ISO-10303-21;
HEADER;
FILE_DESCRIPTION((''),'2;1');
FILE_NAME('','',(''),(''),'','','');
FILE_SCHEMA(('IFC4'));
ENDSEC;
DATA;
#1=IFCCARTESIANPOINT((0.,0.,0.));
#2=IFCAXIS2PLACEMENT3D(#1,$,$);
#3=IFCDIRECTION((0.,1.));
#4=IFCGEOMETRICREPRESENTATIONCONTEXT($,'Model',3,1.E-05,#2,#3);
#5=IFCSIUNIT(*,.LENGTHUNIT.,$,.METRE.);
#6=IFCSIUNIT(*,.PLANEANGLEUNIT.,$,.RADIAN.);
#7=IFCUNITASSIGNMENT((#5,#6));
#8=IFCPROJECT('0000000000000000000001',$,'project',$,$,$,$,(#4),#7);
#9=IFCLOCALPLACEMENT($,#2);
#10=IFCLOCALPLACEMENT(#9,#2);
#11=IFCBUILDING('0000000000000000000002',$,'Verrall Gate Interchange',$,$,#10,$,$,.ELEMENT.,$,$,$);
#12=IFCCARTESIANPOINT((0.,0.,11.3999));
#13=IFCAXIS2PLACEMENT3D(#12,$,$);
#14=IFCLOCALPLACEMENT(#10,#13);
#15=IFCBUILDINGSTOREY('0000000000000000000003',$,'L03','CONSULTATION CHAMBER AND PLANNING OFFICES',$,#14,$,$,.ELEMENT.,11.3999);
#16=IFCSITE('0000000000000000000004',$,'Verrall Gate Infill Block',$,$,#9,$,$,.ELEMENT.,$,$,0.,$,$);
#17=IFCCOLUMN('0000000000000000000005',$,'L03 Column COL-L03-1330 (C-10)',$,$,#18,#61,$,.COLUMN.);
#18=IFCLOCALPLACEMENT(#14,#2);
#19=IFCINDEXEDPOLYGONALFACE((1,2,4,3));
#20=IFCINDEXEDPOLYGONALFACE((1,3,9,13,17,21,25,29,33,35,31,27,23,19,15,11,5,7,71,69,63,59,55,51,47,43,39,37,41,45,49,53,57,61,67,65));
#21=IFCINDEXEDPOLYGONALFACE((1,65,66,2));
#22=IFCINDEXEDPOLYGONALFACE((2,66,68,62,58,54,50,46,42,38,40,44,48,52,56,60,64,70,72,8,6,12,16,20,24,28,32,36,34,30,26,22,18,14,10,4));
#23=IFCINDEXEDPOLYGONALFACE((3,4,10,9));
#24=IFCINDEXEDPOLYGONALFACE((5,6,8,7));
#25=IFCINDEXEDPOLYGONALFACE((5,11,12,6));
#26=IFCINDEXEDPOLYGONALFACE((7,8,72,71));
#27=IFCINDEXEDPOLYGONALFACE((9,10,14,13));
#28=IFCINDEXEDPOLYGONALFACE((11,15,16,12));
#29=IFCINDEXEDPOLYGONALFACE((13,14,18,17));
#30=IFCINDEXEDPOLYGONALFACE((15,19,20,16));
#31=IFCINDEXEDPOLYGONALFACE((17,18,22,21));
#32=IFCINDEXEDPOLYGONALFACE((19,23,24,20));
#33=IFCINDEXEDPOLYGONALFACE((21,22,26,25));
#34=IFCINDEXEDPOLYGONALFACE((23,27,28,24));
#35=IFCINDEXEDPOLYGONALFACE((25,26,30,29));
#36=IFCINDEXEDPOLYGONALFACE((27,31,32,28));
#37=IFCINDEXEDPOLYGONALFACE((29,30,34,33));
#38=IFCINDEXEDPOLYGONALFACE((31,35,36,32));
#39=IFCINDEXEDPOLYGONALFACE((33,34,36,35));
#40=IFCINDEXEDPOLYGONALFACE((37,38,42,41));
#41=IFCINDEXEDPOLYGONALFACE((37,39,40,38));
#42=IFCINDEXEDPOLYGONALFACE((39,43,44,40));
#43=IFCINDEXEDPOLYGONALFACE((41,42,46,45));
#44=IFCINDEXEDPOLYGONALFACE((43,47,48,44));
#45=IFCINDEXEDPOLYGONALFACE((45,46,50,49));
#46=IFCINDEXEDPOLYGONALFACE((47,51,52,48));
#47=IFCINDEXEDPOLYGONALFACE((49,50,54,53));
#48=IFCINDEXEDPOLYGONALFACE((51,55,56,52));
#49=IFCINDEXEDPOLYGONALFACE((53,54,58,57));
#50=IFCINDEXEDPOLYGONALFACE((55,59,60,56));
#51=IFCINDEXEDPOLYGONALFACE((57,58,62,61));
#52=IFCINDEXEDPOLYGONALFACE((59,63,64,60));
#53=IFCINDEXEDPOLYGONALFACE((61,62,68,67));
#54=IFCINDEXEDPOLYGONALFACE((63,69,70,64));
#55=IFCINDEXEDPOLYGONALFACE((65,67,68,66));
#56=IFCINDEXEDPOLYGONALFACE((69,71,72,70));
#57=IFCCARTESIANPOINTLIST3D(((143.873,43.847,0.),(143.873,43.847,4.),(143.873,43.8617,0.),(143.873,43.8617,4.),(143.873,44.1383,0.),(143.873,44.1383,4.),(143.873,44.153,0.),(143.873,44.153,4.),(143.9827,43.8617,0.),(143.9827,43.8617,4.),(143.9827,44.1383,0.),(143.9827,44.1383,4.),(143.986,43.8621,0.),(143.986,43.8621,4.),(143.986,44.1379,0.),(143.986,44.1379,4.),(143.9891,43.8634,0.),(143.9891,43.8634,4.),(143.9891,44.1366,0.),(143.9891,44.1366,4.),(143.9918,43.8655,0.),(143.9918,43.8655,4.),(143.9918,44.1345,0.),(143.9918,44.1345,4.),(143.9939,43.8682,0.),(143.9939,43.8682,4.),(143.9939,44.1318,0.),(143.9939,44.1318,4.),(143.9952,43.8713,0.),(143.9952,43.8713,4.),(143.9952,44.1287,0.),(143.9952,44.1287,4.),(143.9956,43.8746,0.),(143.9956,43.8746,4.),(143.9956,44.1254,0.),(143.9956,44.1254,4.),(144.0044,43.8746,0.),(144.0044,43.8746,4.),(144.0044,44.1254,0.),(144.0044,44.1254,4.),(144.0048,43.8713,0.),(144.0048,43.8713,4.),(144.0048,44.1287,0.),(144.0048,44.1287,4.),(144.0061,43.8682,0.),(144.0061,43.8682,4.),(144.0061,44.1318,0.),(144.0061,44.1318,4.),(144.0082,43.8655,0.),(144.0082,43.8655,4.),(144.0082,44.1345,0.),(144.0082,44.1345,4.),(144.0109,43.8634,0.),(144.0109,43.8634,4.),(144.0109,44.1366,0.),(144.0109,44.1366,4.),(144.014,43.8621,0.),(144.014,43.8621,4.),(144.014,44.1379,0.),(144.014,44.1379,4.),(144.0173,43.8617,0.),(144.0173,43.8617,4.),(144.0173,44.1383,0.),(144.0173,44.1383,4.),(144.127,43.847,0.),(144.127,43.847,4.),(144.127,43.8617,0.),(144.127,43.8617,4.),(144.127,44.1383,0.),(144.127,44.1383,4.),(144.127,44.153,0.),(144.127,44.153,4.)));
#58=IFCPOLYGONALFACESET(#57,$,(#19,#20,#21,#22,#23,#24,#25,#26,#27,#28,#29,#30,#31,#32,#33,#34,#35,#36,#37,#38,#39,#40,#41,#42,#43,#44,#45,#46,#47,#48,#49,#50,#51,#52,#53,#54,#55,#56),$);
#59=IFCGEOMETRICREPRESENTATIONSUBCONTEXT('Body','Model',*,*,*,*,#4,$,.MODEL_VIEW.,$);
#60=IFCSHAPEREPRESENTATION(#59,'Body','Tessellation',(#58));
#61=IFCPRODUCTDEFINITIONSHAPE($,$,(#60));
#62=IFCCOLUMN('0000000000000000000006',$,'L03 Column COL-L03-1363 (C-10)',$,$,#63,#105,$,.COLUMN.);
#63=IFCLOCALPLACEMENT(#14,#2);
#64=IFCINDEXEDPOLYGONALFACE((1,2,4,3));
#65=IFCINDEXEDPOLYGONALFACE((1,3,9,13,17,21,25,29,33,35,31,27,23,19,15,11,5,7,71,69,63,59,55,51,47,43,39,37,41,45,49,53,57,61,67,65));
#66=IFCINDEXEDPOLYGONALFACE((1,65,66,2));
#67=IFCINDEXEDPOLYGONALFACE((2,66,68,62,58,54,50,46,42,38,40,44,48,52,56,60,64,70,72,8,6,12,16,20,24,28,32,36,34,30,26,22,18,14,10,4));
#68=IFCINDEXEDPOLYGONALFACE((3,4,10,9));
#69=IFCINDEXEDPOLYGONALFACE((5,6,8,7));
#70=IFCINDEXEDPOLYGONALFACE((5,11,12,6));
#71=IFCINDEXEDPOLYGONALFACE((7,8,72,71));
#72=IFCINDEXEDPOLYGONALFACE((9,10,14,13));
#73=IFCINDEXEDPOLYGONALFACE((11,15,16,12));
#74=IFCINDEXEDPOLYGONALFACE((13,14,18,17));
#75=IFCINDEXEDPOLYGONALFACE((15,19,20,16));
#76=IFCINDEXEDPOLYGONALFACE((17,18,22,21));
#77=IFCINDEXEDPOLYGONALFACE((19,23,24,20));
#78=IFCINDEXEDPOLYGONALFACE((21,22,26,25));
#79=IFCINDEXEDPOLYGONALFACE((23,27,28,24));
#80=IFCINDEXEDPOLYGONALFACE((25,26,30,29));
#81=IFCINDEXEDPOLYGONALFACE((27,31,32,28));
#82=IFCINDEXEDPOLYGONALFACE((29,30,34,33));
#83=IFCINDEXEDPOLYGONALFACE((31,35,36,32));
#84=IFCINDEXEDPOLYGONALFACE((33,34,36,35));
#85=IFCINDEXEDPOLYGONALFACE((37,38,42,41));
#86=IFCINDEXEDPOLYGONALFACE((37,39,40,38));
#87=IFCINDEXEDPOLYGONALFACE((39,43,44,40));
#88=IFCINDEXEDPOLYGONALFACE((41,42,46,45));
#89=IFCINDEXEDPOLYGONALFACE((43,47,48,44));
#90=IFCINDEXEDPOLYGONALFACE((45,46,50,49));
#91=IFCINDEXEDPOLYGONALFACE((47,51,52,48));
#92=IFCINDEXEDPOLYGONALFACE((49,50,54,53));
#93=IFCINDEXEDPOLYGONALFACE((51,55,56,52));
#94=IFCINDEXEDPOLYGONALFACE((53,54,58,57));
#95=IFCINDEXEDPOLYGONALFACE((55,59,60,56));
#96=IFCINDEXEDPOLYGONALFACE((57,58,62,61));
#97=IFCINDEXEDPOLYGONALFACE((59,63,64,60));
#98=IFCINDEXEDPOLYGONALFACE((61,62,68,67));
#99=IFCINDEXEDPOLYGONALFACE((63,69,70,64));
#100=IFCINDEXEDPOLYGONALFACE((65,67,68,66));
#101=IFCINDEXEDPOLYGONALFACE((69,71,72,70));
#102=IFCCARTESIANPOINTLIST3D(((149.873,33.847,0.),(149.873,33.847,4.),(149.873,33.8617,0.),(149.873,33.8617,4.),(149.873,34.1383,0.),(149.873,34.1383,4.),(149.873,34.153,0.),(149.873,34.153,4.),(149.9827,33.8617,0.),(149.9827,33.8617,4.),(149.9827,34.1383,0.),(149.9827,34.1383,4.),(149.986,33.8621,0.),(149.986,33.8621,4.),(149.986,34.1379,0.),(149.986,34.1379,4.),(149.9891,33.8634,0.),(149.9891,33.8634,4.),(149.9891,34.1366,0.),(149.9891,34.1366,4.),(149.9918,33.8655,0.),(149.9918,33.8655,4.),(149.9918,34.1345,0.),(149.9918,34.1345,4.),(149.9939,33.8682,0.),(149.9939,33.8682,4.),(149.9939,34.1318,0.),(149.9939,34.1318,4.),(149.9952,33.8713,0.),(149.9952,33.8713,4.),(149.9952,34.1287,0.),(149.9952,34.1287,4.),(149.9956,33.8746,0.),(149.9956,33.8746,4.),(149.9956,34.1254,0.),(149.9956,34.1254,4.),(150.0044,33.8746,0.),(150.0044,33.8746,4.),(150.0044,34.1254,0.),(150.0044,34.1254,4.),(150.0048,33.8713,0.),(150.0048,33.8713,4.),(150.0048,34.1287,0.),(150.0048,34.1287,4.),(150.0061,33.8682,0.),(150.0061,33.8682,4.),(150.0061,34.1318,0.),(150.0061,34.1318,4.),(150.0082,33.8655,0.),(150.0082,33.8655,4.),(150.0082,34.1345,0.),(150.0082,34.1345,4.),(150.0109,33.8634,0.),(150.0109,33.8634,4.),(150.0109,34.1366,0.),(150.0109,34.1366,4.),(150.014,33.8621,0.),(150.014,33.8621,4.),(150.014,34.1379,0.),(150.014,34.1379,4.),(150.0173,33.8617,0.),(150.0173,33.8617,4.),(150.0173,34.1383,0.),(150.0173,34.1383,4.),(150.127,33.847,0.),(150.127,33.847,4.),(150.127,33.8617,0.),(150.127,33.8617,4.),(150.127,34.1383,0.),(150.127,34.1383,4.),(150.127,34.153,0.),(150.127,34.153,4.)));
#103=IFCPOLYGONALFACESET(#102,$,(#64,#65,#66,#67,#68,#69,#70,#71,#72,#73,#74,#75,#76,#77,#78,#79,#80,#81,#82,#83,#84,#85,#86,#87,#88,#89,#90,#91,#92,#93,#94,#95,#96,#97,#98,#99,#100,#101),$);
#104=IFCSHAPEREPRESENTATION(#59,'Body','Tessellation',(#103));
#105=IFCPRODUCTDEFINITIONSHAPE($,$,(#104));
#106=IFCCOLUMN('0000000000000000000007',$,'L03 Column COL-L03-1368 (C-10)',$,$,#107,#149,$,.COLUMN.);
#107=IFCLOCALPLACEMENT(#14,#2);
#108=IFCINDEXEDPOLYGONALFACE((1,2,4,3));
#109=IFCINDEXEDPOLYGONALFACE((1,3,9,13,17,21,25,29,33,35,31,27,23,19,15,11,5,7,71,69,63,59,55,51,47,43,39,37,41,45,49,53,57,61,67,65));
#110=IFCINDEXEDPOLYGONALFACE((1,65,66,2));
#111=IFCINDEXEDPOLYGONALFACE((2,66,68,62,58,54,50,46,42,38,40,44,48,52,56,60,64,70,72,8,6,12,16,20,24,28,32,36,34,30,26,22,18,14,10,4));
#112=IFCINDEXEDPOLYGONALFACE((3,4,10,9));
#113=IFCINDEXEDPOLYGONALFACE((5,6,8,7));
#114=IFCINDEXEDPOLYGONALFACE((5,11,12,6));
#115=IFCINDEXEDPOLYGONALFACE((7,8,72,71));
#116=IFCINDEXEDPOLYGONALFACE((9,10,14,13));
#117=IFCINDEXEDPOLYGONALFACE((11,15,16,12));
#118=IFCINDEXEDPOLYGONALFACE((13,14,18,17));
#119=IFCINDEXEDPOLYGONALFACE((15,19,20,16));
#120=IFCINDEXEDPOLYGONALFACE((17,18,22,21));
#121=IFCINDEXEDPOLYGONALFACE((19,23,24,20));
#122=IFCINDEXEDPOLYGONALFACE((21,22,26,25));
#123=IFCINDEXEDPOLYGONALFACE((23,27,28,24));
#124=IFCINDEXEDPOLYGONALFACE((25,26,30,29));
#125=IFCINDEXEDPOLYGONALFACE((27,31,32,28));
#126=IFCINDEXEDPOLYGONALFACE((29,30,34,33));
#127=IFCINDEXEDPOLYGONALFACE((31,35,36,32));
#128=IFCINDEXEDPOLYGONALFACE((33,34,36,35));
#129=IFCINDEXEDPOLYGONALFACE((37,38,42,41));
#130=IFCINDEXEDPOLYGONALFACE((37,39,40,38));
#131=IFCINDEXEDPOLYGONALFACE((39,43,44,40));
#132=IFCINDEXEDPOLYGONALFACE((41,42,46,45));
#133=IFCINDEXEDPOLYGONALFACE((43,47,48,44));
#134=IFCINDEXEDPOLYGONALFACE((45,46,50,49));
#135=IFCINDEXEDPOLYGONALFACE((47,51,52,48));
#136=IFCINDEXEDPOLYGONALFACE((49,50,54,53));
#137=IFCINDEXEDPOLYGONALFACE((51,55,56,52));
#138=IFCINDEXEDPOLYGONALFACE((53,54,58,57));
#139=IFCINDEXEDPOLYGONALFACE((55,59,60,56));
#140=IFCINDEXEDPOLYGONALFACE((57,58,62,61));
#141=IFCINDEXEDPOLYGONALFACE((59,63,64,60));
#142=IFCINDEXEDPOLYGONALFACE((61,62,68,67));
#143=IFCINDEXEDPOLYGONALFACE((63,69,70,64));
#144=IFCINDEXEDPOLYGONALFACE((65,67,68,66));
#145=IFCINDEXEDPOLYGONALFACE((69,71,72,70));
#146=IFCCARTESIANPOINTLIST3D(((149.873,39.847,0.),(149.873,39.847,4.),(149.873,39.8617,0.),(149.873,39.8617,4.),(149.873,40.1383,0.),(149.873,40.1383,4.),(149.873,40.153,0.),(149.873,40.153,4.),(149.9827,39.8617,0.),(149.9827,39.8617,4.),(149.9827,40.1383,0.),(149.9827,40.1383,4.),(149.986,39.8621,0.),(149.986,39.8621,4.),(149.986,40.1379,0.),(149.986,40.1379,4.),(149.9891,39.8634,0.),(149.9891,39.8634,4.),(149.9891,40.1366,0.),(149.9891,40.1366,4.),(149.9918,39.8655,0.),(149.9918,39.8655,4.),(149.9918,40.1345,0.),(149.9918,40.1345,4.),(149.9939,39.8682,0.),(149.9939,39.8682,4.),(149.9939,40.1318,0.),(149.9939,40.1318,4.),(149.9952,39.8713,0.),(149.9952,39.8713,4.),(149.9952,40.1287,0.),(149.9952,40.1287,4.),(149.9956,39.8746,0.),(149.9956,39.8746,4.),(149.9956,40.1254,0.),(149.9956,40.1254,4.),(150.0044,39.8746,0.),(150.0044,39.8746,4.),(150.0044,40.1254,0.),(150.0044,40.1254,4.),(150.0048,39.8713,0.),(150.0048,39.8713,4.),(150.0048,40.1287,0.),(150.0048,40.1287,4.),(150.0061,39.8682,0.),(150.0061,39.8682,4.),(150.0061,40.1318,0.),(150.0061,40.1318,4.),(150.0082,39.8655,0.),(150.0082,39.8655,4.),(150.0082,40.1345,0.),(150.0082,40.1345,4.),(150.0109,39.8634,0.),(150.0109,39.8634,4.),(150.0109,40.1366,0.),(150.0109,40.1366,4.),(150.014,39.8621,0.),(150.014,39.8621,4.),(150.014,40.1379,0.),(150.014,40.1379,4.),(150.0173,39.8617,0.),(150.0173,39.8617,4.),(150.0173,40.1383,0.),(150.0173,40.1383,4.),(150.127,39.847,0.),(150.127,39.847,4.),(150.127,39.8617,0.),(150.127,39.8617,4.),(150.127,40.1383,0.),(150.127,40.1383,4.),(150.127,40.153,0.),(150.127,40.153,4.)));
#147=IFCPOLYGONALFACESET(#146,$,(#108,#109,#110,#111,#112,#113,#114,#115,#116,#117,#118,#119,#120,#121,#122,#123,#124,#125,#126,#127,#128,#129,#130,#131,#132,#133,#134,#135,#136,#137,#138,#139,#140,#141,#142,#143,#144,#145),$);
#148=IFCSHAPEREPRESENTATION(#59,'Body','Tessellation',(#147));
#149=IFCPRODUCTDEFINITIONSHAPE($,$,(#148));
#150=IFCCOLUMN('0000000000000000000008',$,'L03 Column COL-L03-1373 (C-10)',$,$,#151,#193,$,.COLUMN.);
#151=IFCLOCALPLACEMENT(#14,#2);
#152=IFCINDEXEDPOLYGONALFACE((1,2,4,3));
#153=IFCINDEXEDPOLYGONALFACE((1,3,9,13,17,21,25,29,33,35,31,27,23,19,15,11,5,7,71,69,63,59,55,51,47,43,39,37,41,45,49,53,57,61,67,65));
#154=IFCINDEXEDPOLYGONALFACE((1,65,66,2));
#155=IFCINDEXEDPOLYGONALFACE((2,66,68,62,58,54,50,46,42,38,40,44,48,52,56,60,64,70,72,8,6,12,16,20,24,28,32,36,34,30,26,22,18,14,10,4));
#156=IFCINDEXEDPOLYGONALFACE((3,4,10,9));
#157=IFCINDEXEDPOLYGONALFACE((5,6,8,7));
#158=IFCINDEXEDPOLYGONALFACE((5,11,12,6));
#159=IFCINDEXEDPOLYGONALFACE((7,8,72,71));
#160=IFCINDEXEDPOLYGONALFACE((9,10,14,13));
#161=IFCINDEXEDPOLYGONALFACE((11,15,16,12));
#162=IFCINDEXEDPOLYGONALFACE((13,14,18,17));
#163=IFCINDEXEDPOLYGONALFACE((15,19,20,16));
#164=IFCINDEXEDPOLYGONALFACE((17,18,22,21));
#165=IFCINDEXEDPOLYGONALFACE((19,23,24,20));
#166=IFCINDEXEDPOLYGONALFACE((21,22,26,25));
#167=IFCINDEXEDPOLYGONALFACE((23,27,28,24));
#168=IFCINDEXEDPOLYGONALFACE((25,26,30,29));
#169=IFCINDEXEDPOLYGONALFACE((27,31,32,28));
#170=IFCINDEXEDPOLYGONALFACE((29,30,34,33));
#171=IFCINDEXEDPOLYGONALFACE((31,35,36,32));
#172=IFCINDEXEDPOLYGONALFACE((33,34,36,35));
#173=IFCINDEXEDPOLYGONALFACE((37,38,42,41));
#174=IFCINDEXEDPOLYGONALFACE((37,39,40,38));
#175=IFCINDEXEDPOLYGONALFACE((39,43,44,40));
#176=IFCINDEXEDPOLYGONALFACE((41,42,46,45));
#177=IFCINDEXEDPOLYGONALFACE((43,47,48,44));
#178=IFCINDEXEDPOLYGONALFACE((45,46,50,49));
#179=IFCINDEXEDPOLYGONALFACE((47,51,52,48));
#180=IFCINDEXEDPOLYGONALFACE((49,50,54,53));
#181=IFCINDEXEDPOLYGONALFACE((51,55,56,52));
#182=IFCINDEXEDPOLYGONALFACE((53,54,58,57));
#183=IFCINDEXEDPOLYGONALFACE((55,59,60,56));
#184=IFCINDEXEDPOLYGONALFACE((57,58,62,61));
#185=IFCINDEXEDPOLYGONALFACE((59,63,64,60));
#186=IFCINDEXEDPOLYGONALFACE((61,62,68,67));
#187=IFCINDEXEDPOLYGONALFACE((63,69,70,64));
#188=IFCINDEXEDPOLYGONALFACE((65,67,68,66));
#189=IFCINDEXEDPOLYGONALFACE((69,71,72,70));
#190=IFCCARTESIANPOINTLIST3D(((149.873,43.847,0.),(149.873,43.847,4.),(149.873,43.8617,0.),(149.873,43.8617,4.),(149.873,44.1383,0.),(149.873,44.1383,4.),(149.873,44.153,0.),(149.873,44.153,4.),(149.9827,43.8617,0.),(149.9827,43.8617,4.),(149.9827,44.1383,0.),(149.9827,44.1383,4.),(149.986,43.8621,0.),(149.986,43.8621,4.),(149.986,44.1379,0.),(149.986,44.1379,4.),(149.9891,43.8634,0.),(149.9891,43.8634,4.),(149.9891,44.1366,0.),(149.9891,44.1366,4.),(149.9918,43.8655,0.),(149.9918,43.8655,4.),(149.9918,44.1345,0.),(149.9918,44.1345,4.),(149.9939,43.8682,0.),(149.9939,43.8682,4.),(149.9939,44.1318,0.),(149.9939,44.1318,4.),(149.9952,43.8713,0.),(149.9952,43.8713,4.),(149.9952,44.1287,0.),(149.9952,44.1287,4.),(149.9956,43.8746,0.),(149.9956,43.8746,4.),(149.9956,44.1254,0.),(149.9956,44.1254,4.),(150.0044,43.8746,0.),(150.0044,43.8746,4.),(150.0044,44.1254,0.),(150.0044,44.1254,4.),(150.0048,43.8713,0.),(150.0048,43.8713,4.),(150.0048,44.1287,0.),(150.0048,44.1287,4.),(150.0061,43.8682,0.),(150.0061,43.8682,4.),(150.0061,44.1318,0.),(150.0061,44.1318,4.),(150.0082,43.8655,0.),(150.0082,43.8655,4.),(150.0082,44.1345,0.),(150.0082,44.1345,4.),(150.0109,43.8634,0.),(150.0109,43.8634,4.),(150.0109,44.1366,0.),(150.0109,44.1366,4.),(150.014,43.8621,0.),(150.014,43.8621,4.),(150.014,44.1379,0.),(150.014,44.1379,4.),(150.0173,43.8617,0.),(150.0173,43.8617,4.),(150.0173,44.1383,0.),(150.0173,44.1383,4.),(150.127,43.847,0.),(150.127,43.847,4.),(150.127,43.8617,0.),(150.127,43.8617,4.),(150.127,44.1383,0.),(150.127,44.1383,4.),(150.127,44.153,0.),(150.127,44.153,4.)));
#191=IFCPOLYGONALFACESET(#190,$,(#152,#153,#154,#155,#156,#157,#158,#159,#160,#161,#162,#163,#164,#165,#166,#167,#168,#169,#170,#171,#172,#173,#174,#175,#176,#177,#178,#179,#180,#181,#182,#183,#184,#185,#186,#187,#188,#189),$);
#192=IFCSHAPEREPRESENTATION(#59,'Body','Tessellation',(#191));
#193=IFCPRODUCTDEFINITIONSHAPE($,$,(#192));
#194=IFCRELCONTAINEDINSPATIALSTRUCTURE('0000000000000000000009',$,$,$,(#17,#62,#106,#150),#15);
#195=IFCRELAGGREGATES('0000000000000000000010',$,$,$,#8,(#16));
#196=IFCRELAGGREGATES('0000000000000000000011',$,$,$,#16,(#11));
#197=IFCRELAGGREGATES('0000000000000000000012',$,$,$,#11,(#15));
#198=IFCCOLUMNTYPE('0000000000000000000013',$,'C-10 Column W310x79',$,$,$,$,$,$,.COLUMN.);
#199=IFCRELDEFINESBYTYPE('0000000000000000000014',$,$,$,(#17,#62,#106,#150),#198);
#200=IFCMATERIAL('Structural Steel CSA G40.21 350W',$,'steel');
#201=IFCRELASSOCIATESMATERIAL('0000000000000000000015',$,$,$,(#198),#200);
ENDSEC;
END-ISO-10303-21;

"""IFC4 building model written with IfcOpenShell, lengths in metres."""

from ifc_helpers import new_model, si_unit, direction, frame, origin, origin_2d, place, context, subcontext, project, spatial, i_section, extrude, material, material_profile, profile_set, type_object, element, save


model = new_model("IFC4")

# Units and contexts
model_context = context("Model", 3, precision=1e-05, world=origin(), true_north=direction((0.0, 1.0)))
body_context = subcontext(model_context, "Body", "Model", "MODEL_VIEW")
ifc_project = project(units=[si_unit("LENGTHUNIT", "METRE"), si_unit("PLANEANGLEUNIT", "RADIAN")], contexts=[model_context])

# Site, building, storey
site_placement = place(None, origin())
site = spatial("IfcSite", under=ifc_project, at=site_placement, Name="Verrall Gate Infill Block", CompositionType="ELEMENT", RefElevation=0.0)
building_placement = place(site_placement, origin())
building = spatial("IfcBuilding", under=site, at=building_placement, Name="Verrall Gate Interchange", CompositionType="ELEMENT")
storey_placement = place(building_placement, frame((0.0, 0.0, 11.3999)))
storey = spatial("IfcBuildingStorey", under=building, at=storey_placement, Name="L03", Description="CONSULTATION CHAMBER AND PLANNING OFFICES", CompositionType="ELEMENT", Elevation=11.3999)

# Columns
ifc_material_1 = material(Name="Structural Steel CSA G40.21 350W", Category="steel")
ifc_material_profile_1 = material_profile(ifc_material_1, i_section(OverallWidth=0.2539, OverallDepth=0.3059, WebThickness=0.0088, FlangeThickness=0.0146, FilletRadius=0.0129, at=origin_2d()), Name="W310x79")
ifc_profile_set_1 = profile_set([ifc_material_profile_1], Name="Structural Steel CSA G40.21 350W")
column_type = type_object("IfcColumnType", Name="C-10 Column W310x79", PredefinedType="COLUMN", material=ifc_profile_set_1)
for number, where, z_axis, x_axis, name in (
    (1, (144.0, 44.0, 0.0), (0.0, 0.0, 1.0), (1.0, 0.0, 0.0), "L03 Column COL-L03-1330 (C-10)"),
    (2, (150.0, 34.0, 0.0), (0.0, 0.0, 1.0), (1.0, 0.0, 0.0), "L03 Column COL-L03-1363 (C-10)"),
    (3, (150.0, 40.0, 0.0), (0.0, 0.0, 1.0), (1.0, 0.0, 0.0), "L03 Column COL-L03-1368 (C-10)"),
    (4, (150.0, 44.0, 0.0), (0.0, 0.0, 1.0), (1.0, 0.0, 0.0), "L03 Column COL-L03-1373 (C-10)"),
):
    element("IfcColumn", number, at=place(storey_placement, frame(where, z_axis=z_axis, x_axis=x_axis)), inside=storey, type_object=column_type, Name=name, PredefinedType="COLUMN", context=body_context, shape_type="SweptSolid", body=[
        extrude(i_section(OverallWidth=0.2539, OverallDepth=0.3059, WebThickness=0.0088, FlangeThickness=0.0146, FilletRadius=0.0129, at=origin_2d()), origin(), (0.0, 0.0, 1.0), 4.0),
    ])

save(model, "model.ifc")
